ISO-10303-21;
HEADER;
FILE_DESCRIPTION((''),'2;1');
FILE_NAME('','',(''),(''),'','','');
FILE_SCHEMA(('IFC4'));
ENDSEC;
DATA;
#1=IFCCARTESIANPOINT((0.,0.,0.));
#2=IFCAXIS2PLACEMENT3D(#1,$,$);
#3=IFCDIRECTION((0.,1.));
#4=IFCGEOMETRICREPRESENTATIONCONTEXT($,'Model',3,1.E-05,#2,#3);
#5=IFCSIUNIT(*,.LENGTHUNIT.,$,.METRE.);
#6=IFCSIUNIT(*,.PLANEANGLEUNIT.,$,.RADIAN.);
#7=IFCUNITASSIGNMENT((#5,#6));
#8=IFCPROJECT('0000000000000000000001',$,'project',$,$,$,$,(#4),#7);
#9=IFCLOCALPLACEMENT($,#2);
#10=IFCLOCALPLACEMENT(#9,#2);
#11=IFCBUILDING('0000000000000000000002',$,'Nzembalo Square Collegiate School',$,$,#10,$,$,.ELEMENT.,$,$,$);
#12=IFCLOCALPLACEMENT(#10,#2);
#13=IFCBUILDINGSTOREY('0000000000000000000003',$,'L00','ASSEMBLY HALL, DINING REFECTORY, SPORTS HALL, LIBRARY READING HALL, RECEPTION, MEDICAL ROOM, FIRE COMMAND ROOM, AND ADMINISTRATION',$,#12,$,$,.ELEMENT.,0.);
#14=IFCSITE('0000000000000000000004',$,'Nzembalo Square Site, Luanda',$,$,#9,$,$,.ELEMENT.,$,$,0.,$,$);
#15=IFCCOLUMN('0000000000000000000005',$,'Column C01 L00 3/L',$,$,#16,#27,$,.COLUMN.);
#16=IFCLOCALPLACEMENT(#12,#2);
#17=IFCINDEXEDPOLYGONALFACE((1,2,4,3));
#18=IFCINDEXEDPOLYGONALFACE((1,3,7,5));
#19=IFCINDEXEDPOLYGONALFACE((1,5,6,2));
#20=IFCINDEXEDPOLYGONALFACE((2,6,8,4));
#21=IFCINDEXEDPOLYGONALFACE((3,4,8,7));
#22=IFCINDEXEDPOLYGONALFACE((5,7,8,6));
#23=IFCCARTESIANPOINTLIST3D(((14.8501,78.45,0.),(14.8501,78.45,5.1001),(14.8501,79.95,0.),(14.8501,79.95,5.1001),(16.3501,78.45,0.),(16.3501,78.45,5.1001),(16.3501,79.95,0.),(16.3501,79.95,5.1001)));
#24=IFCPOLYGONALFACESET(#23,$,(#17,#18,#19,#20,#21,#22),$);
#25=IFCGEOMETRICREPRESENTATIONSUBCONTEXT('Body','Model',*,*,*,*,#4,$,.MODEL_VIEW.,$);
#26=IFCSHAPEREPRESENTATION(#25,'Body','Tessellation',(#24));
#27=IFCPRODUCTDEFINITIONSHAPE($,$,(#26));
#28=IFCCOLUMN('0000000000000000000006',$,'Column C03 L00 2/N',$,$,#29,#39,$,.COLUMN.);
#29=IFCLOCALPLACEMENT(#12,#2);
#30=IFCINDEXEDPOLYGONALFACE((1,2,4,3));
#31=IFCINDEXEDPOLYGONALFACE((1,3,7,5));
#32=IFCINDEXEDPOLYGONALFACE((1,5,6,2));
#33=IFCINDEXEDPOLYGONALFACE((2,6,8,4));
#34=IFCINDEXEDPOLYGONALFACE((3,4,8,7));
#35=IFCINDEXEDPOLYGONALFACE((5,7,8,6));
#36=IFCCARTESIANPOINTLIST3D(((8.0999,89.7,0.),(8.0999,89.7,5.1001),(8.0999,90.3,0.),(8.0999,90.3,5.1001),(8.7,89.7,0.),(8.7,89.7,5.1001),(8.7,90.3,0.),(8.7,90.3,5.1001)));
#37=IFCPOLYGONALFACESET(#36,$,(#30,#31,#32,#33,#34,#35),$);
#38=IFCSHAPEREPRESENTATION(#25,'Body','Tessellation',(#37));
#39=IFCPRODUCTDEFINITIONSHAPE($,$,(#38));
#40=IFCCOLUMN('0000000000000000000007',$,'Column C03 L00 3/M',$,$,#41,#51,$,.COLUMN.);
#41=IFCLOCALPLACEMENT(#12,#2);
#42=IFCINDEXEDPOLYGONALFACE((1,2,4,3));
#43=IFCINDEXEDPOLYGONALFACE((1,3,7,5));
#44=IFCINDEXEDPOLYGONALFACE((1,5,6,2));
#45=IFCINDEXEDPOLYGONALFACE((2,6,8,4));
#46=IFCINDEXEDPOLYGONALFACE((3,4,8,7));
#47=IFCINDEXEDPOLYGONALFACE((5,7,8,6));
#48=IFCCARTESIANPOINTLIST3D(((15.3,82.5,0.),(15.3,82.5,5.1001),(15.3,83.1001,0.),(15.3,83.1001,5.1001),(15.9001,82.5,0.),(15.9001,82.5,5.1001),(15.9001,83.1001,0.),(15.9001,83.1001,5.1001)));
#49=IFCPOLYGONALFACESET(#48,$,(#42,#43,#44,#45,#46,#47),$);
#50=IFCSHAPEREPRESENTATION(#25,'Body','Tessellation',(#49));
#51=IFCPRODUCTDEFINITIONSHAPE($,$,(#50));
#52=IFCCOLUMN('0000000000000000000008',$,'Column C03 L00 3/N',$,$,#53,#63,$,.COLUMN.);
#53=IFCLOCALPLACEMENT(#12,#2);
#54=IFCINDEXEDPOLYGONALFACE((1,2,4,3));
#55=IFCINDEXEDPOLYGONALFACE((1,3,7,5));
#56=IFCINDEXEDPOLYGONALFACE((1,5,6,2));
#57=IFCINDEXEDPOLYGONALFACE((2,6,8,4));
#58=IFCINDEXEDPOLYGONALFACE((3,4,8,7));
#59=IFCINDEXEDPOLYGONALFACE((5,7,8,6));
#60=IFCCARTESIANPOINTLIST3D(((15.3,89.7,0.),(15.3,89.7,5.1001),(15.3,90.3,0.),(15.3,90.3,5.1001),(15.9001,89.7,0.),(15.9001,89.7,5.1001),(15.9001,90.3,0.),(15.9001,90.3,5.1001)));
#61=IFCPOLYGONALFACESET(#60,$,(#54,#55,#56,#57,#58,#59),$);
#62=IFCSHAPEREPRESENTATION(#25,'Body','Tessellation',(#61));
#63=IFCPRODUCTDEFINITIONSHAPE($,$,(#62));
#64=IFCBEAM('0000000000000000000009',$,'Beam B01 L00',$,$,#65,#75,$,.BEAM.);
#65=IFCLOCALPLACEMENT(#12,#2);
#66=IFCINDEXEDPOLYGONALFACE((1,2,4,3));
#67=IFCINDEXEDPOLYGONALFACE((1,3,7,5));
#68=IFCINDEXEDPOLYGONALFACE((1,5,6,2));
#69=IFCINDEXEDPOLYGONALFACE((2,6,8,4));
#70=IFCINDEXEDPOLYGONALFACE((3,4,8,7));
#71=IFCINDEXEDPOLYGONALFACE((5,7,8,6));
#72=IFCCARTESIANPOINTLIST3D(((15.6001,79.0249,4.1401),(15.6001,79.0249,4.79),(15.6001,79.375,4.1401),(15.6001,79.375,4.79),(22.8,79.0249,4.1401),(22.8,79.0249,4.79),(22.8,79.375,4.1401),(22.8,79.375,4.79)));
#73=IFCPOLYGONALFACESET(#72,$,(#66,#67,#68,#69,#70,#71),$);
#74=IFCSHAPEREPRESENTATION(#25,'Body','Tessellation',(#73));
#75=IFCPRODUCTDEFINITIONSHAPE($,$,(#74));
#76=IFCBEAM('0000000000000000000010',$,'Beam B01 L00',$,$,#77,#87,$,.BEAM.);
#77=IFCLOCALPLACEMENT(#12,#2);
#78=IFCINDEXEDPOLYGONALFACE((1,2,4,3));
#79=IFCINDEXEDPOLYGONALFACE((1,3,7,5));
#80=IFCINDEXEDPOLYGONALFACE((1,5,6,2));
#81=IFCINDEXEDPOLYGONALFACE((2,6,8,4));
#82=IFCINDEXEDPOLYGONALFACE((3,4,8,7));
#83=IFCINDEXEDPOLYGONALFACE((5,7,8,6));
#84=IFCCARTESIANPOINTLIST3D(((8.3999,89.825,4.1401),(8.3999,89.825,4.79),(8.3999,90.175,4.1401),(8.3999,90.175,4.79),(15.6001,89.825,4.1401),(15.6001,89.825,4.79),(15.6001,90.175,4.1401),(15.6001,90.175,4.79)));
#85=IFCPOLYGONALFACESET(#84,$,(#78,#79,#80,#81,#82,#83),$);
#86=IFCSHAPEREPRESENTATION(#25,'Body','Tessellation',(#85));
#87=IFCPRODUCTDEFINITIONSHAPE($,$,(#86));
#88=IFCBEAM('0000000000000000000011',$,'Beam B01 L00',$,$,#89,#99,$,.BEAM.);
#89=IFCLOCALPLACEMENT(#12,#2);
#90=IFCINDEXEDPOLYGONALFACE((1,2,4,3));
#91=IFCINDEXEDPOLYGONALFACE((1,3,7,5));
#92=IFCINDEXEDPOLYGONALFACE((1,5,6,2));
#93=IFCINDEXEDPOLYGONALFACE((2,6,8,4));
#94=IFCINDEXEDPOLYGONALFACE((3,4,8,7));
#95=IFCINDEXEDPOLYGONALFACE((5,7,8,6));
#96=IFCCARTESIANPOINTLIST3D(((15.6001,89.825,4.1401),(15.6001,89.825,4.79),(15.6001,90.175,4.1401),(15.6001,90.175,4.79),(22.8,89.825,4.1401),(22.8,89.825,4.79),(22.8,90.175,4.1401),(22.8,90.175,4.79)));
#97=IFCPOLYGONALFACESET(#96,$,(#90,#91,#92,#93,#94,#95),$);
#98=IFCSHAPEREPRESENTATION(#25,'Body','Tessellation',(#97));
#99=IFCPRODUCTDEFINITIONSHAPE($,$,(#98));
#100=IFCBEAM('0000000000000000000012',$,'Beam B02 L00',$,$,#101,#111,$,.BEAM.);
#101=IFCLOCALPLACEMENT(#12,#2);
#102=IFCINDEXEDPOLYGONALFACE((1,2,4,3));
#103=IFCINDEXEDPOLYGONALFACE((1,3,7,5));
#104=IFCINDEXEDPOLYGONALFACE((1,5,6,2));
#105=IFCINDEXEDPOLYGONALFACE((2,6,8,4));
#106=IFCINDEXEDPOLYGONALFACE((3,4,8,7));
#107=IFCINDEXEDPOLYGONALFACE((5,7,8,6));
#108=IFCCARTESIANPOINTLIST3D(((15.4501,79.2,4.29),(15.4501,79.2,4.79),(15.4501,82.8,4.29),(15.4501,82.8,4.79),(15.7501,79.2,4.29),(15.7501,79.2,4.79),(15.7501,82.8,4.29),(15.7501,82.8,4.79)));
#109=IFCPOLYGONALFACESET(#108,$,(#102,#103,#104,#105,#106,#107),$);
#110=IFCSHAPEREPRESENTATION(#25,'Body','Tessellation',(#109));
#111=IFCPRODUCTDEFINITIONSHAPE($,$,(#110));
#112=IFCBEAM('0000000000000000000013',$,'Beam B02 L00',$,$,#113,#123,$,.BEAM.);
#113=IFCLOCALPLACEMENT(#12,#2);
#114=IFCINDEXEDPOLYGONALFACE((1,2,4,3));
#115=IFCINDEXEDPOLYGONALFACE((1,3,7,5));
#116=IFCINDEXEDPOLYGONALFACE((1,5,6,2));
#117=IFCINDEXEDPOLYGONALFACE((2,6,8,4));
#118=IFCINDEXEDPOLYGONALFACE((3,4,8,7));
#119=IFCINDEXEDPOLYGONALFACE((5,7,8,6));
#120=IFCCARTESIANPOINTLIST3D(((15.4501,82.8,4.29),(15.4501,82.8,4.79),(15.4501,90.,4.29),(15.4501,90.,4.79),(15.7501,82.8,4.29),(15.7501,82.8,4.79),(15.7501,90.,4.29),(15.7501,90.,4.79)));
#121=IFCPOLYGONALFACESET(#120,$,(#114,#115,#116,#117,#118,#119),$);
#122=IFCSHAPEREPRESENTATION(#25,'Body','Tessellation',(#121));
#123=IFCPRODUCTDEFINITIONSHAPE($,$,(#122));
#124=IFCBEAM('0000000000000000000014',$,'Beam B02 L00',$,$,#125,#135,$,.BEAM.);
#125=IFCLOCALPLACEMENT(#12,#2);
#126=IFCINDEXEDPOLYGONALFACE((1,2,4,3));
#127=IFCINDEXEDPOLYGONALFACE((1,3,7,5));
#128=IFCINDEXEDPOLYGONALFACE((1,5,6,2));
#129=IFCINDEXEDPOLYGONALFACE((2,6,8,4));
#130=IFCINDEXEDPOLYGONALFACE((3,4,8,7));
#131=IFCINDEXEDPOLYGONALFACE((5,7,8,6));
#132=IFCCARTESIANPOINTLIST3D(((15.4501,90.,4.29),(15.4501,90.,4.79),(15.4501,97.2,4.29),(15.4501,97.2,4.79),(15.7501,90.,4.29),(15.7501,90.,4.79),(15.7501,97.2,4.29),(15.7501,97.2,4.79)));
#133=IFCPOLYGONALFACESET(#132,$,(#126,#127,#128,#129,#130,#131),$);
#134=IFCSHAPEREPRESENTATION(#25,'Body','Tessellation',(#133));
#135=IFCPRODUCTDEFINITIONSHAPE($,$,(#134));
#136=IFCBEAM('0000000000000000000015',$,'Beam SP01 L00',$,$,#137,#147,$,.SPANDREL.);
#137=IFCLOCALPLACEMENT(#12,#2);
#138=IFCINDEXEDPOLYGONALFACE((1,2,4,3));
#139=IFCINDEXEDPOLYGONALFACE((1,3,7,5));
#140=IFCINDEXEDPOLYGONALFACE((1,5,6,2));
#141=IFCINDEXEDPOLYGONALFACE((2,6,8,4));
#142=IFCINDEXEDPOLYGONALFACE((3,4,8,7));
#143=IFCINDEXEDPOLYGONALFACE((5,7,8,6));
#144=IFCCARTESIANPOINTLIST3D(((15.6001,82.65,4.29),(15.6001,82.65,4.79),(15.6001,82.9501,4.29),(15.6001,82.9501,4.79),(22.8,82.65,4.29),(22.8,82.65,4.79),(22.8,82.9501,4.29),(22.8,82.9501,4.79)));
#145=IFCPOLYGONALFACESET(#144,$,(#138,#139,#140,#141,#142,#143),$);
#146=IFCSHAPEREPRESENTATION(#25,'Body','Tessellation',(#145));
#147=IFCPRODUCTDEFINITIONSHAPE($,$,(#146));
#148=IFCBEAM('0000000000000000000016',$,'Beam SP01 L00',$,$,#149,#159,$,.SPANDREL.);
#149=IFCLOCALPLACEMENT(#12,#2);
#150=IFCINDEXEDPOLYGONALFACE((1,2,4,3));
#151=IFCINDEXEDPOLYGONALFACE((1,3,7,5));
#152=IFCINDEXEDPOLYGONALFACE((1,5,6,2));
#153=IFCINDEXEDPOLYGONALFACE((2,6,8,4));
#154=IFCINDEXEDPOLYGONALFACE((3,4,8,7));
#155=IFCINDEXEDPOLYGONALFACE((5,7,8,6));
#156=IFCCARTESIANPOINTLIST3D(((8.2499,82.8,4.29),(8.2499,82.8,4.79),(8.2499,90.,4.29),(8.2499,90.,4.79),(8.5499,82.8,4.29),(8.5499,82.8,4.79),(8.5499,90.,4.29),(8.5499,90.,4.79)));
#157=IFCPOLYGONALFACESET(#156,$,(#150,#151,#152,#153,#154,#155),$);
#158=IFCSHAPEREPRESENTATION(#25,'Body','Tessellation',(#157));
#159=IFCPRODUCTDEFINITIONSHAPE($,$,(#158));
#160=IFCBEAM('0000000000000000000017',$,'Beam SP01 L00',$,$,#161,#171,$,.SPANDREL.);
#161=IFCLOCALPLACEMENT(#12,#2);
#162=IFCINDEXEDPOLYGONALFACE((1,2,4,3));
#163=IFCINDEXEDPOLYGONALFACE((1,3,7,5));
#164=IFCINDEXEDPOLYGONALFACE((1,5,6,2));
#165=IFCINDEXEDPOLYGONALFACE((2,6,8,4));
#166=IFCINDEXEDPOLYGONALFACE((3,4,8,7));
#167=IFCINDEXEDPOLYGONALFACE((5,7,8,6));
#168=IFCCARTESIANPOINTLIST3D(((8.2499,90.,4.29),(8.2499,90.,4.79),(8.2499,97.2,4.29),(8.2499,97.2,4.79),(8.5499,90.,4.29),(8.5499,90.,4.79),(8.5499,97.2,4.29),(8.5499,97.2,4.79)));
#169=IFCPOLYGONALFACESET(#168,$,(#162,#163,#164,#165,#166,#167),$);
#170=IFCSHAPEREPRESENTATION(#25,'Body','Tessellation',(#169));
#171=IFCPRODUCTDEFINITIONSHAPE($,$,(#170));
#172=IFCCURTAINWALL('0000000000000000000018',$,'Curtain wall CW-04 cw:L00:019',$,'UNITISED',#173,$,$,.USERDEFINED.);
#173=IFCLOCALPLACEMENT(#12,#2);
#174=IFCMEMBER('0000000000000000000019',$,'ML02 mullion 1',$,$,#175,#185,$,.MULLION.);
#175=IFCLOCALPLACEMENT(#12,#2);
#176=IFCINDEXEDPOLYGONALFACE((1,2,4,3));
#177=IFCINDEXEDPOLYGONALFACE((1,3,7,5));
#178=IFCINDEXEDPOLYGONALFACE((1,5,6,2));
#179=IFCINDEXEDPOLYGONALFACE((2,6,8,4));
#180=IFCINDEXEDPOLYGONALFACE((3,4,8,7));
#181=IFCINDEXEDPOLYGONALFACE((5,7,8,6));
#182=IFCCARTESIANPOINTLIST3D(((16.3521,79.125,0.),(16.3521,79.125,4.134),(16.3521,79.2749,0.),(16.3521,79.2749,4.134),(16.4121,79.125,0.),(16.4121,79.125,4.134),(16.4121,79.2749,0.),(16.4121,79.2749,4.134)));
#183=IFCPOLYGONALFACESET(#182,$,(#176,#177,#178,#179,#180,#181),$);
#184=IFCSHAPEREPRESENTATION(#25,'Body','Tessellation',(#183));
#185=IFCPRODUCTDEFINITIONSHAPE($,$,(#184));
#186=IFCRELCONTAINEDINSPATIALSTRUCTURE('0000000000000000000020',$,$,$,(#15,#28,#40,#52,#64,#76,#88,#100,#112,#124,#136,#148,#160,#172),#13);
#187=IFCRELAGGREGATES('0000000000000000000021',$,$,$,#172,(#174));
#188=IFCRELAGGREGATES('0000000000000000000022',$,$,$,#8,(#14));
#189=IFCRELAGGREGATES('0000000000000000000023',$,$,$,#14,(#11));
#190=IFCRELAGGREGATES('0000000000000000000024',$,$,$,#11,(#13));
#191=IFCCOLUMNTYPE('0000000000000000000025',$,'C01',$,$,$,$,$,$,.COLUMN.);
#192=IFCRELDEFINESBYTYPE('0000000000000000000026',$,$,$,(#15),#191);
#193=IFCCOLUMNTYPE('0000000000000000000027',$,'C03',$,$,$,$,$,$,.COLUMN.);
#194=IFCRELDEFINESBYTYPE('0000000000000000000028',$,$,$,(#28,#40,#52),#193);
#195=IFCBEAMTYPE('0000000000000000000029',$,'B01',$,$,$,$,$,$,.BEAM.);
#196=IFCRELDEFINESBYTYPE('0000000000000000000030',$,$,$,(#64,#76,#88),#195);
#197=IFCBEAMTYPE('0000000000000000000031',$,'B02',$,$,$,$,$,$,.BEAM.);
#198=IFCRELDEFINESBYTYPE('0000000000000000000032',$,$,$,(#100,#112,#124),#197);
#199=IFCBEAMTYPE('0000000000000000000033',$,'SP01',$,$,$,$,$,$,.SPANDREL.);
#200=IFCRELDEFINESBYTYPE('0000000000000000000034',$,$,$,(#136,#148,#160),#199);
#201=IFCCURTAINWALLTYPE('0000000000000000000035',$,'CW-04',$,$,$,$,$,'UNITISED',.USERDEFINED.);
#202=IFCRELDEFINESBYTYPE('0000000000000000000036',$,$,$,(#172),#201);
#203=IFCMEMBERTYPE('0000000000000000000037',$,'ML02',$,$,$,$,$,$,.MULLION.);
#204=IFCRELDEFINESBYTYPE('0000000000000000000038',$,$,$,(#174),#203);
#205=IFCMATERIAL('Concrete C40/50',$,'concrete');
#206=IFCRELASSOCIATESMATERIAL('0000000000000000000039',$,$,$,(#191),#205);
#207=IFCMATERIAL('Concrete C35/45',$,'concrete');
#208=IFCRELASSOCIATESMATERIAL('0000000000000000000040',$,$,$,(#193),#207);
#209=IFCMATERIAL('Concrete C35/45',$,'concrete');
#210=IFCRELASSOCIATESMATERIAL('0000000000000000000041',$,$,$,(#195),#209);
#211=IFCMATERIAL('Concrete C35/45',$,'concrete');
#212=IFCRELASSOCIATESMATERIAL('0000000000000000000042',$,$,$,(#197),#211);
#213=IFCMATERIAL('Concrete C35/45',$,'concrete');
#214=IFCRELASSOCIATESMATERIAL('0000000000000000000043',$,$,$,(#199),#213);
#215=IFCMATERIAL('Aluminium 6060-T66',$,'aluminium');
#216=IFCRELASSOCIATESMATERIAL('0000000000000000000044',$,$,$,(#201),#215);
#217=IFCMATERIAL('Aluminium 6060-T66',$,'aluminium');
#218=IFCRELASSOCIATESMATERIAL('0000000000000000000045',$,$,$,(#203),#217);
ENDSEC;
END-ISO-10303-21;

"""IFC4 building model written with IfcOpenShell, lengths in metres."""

from ifc_helpers import new_model, si_unit, direction, frame, origin, origin_2d, place, context, subcontext, project, spatial, rectangle, extrude, material, material_profile, profile_set, type_object, element, aggregate, save


model = new_model("IFC4")

# Units and contexts
model_context = context("Model", 3, precision=1e-05, world=origin(), true_north=direction((0.0, 1.0)))
body_context = subcontext(model_context, "Body", "Model", "MODEL_VIEW")
ifc_project = project(units=[si_unit("LENGTHUNIT", "METRE"), si_unit("PLANEANGLEUNIT", "RADIAN")], contexts=[model_context])

# Site, building, storey
site_placement = place(None, origin())
site = spatial("IfcSite", under=ifc_project, at=site_placement, Name="Nzembalo Square Site, Luanda", CompositionType="ELEMENT", RefElevation=0.0)
building_placement = place(site_placement, origin())
building = spatial("IfcBuilding", under=site, at=building_placement, Name="Nzembalo Square Collegiate School", CompositionType="ELEMENT")
storey_placement = place(building_placement, origin())
storey = spatial("IfcBuildingStorey", under=building, at=storey_placement, Name="L00", Description="ASSEMBLY HALL, DINING REFECTORY, SPORTS HALL, LIBRARY READING HALL, RECEPTION, MEDICAL ROOM, FIRE COMMAND ROOM, AND ADMINISTRATION", CompositionType="ELEMENT", Elevation=0.0)

# Columns
ifc_material_1 = material(Name="Concrete C40/50", Category="concrete")
ifc_material_profile_1 = material_profile(ifc_material_1, rectangle(XDim=1.5, YDim=1.5, at=origin_2d()), Name="RC 1500x1500")
ifc_profile_set_1 = profile_set([ifc_material_profile_1], Name="Concrete C40/50")
column_type_1 = type_object("IfcColumnType", Name="C01", PredefinedType="COLUMN", material=ifc_profile_set_1)
column_placement = place(storey_placement, frame((15.6001, 79.2, 0.0), z_axis=(0.0, 0.0, 1.0), x_axis=(1.0, 0.0, 0.0)))
element("IfcColumn", 1, at=column_placement, inside=storey, type_object=column_type_1, Name="Column C01 L00 3/L", PredefinedType="COLUMN", context=body_context, shape_type="SweptSolid", body=[
    extrude(rectangle(XDim=1.5, YDim=1.5, at=origin_2d()), origin(), (0.0, 0.0, 1.0), 5.1001),
])
ifc_material_2 = material(Name="Concrete C35/45", Category="concrete")
ifc_material_profile_2 = material_profile(ifc_material_2, rectangle(XDim=0.6001, YDim=0.6001, at=origin_2d()), Name="RC 600x600")
ifc_profile_set_2 = profile_set([ifc_material_profile_2], Name="Concrete C35/45")
column_type_2 = type_object("IfcColumnType", Name="C03", PredefinedType="COLUMN", material=ifc_profile_set_2)
for number, where, z_axis, x_axis, name in (
    (2, (8.3999, 90.0, 0.0), (0.0, 0.0, 1.0), (1.0, 0.0, 0.0), "Column C03 L00 2/N"),
    (3, (15.6001, 82.8, 0.0), (0.0, 0.0, 1.0), (1.0, 0.0, 0.0), "Column C03 L00 3/M"),
    (4, (15.6001, 90.0, 0.0), (0.0, 0.0, 1.0), (1.0, 0.0, 0.0), "Column C03 L00 3/N"),
):
    element("IfcColumn", number, at=place(storey_placement, frame(where, z_axis=z_axis, x_axis=x_axis)), inside=storey, type_object=column_type_2, Name=name, PredefinedType="COLUMN", context=body_context, shape_type="SweptSolid", body=[
        extrude(rectangle(XDim=0.6001, YDim=0.6001, at=origin_2d()), origin(), (0.0, 0.0, 1.0), 5.1001),
    ])

# Beams
ifc_material_3 = material(Name="Concrete C35/45", Category="concrete")
ifc_material_profile_3 = material_profile(ifc_material_3, rectangle(XDim=0.3501, YDim=0.6499, at=origin_2d()), Name="RC 350x650")
ifc_profile_set_3 = profile_set([ifc_material_profile_3], Name="Concrete C35/45")
beam_type_1 = type_object("IfcBeamType", Name="B01", PredefinedType="BEAM", material=ifc_profile_set_3)
beam_1_placement = place(storey_placement, frame((15.6001, 79.2, 4.4651), z_axis=(1.0, 0.0, 0.0), x_axis=(0.0, 1.0, 0.0)))
element("IfcBeam", 5, at=beam_1_placement, inside=storey, type_object=beam_type_1, Name="Beam B01 L00", PredefinedType="BEAM", context=body_context, shape_type="SweptSolid", body=[
    extrude(rectangle(XDim=0.3501, YDim=0.6499, at=origin_2d()), origin(), (0.0, 0.0, 1.0), 7.2),
])
beam_2_placement = place(storey_placement, frame((8.3999, 90.0, 4.4651), z_axis=(1.0, 0.0, 0.0), x_axis=(0.0, 1.0, 0.0)))
element("IfcBeam", 6, at=beam_2_placement, inside=storey, type_object=beam_type_1, Name="Beam B01 L00", PredefinedType="BEAM", context=body_context, shape_type="SweptSolid", body=[
    extrude(rectangle(XDim=0.3501, YDim=0.6499, at=origin_2d()), origin(), (0.0, 0.0, 1.0), 7.2002),
])
beam_3_placement = place(storey_placement, frame((15.6001, 90.0, 4.4651), z_axis=(1.0, 0.0, 0.0), x_axis=(0.0, 1.0, 0.0)))
element("IfcBeam", 7, at=beam_3_placement, inside=storey, type_object=beam_type_1, Name="Beam B01 L00", PredefinedType="BEAM", context=body_context, shape_type="SweptSolid", body=[
    extrude(rectangle(XDim=0.3501, YDim=0.6499, at=origin_2d()), origin(), (0.0, 0.0, 1.0), 7.2),
])
ifc_material_4 = material(Name="Concrete C35/45", Category="concrete")
ifc_material_profile_4 = material_profile(ifc_material_4, rectangle(XDim=0.3, YDim=0.5, at=origin_2d()), Name="RC 300x500")
ifc_profile_set_4 = profile_set([ifc_material_profile_4], Name="Concrete C35/45")
beam_type_2 = type_object("IfcBeamType", Name="B02", PredefinedType="BEAM", material=ifc_profile_set_4)
beam_4_placement = place(storey_placement, frame((15.6001, 79.2, 4.54), z_axis=(0.0, 1.0, 0.0), x_axis=(-1.0, 0.0, 0.0)))
element("IfcBeam", 8, at=beam_4_placement, inside=storey, type_object=beam_type_2, Name="Beam B02 L00", PredefinedType="BEAM", context=body_context, shape_type="SweptSolid", body=[
    extrude(rectangle(XDim=0.3, YDim=0.5, at=origin_2d()), origin(), (0.0, 0.0, 1.0), 3.6001),
])
for number, where, z_axis, x_axis, name in (
    (9, (15.6001, 82.8, 4.54), (0.0, 1.0, 0.0), (-1.0, 0.0, 0.0), "Beam B02 L00"),
    (10, (15.6001, 90.0, 4.54), (0.0, 1.0, 0.0), (-1.0, 0.0, 0.0), "Beam B02 L00"),
):
    element("IfcBeam", number, at=place(storey_placement, frame(where, z_axis=z_axis, x_axis=x_axis)), inside=storey, type_object=beam_type_2, Name=name, PredefinedType="BEAM", context=body_context, shape_type="SweptSolid", body=[
        extrude(rectangle(XDim=0.3, YDim=0.5, at=origin_2d()), origin(), (0.0, 0.0, 1.0), 7.2),
    ])
ifc_material_5 = material(Name="Concrete C35/45", Category="concrete")
ifc_material_profile_5 = material_profile(ifc_material_5, rectangle(XDim=0.3, YDim=0.5, at=origin_2d()), Name="RC 300x500")
ifc_profile_set_5 = profile_set([ifc_material_profile_5], Name="Concrete C35/45")
beam_type_3 = type_object("IfcBeamType", Name="SP01", PredefinedType="SPANDREL", material=ifc_profile_set_5)
for number, where, z_axis, x_axis, name in (
    (11, (15.6001, 82.8, 4.54), (1.0, 0.0, 0.0), (0.0, 1.0, 0.0), "Beam SP01 L00"),
    (12, (8.3999, 82.8, 4.54), (0.0, 1.0, 0.0), (-1.0, 0.0, 0.0), "Beam SP01 L00"),
    (13, (8.3999, 90.0, 4.54), (0.0, 1.0, 0.0), (-1.0, 0.0, 0.0), "Beam SP01 L00"),
):
    element("IfcBeam", number, at=place(storey_placement, frame(where, z_axis=z_axis, x_axis=x_axis)), inside=storey, type_object=beam_type_3, Name=name, PredefinedType="SPANDREL", context=body_context, shape_type="SweptSolid", body=[
        extrude(rectangle(XDim=0.3, YDim=0.5, at=origin_2d()), origin(), (0.0, 0.0, 1.0), 7.2),
    ])

# Curtain wall, member
ifc_material_6 = material(Name="Aluminium 6060-T66", Category="aluminium")
curtain_wall_type = type_object("IfcCurtainWallType", Name="CW-04", ElementType="UNITISED", PredefinedType="USERDEFINED", material=ifc_material_6)
curtain_wall_placement = place(storey_placement, origin())
curtain_wall = element("IfcCurtainWall", 14, at=curtain_wall_placement, inside=storey, type_object=curtain_wall_type, Name="Curtain wall CW-04 cw:L00:019", ObjectType="UNITISED", PredefinedType="USERDEFINED")
ifc_material_7 = material(Name="Aluminium 6060-T66", Category="aluminium")
ifc_material_profile_6 = material_profile(ifc_material_7, rectangle(XDim=0.0601, YDim=0.1499, at=origin_2d()), Name="ALU M60x150")
ifc_profile_set_6 = profile_set([ifc_material_profile_6], Name="Aluminium 6060-T66")
member_type_1 = type_object("IfcMemberType", Name="ML02", PredefinedType="MULLION", material=ifc_profile_set_6)
member_1_placement = place(storey_placement, frame((16.3821, 79.2, 0.0), z_axis=(0.0, 0.0, 1.0), x_axis=(1.0, 0.0, 0.0)))
member_1 = element("IfcMember", 15, at=member_1_placement, type_object=member_type_1, Name="ML02 mullion 1", PredefinedType="MULLION", context=body_context, shape_type="SweptSolid", body=[
    extrude(rectangle(XDim=0.0601, YDim=0.1499, at=origin_2d()), origin(), (0.0, 0.0, 1.0), 4.134),
])
aggregate(curtain_wall, [member_1])

save(model, "model.ifc")
